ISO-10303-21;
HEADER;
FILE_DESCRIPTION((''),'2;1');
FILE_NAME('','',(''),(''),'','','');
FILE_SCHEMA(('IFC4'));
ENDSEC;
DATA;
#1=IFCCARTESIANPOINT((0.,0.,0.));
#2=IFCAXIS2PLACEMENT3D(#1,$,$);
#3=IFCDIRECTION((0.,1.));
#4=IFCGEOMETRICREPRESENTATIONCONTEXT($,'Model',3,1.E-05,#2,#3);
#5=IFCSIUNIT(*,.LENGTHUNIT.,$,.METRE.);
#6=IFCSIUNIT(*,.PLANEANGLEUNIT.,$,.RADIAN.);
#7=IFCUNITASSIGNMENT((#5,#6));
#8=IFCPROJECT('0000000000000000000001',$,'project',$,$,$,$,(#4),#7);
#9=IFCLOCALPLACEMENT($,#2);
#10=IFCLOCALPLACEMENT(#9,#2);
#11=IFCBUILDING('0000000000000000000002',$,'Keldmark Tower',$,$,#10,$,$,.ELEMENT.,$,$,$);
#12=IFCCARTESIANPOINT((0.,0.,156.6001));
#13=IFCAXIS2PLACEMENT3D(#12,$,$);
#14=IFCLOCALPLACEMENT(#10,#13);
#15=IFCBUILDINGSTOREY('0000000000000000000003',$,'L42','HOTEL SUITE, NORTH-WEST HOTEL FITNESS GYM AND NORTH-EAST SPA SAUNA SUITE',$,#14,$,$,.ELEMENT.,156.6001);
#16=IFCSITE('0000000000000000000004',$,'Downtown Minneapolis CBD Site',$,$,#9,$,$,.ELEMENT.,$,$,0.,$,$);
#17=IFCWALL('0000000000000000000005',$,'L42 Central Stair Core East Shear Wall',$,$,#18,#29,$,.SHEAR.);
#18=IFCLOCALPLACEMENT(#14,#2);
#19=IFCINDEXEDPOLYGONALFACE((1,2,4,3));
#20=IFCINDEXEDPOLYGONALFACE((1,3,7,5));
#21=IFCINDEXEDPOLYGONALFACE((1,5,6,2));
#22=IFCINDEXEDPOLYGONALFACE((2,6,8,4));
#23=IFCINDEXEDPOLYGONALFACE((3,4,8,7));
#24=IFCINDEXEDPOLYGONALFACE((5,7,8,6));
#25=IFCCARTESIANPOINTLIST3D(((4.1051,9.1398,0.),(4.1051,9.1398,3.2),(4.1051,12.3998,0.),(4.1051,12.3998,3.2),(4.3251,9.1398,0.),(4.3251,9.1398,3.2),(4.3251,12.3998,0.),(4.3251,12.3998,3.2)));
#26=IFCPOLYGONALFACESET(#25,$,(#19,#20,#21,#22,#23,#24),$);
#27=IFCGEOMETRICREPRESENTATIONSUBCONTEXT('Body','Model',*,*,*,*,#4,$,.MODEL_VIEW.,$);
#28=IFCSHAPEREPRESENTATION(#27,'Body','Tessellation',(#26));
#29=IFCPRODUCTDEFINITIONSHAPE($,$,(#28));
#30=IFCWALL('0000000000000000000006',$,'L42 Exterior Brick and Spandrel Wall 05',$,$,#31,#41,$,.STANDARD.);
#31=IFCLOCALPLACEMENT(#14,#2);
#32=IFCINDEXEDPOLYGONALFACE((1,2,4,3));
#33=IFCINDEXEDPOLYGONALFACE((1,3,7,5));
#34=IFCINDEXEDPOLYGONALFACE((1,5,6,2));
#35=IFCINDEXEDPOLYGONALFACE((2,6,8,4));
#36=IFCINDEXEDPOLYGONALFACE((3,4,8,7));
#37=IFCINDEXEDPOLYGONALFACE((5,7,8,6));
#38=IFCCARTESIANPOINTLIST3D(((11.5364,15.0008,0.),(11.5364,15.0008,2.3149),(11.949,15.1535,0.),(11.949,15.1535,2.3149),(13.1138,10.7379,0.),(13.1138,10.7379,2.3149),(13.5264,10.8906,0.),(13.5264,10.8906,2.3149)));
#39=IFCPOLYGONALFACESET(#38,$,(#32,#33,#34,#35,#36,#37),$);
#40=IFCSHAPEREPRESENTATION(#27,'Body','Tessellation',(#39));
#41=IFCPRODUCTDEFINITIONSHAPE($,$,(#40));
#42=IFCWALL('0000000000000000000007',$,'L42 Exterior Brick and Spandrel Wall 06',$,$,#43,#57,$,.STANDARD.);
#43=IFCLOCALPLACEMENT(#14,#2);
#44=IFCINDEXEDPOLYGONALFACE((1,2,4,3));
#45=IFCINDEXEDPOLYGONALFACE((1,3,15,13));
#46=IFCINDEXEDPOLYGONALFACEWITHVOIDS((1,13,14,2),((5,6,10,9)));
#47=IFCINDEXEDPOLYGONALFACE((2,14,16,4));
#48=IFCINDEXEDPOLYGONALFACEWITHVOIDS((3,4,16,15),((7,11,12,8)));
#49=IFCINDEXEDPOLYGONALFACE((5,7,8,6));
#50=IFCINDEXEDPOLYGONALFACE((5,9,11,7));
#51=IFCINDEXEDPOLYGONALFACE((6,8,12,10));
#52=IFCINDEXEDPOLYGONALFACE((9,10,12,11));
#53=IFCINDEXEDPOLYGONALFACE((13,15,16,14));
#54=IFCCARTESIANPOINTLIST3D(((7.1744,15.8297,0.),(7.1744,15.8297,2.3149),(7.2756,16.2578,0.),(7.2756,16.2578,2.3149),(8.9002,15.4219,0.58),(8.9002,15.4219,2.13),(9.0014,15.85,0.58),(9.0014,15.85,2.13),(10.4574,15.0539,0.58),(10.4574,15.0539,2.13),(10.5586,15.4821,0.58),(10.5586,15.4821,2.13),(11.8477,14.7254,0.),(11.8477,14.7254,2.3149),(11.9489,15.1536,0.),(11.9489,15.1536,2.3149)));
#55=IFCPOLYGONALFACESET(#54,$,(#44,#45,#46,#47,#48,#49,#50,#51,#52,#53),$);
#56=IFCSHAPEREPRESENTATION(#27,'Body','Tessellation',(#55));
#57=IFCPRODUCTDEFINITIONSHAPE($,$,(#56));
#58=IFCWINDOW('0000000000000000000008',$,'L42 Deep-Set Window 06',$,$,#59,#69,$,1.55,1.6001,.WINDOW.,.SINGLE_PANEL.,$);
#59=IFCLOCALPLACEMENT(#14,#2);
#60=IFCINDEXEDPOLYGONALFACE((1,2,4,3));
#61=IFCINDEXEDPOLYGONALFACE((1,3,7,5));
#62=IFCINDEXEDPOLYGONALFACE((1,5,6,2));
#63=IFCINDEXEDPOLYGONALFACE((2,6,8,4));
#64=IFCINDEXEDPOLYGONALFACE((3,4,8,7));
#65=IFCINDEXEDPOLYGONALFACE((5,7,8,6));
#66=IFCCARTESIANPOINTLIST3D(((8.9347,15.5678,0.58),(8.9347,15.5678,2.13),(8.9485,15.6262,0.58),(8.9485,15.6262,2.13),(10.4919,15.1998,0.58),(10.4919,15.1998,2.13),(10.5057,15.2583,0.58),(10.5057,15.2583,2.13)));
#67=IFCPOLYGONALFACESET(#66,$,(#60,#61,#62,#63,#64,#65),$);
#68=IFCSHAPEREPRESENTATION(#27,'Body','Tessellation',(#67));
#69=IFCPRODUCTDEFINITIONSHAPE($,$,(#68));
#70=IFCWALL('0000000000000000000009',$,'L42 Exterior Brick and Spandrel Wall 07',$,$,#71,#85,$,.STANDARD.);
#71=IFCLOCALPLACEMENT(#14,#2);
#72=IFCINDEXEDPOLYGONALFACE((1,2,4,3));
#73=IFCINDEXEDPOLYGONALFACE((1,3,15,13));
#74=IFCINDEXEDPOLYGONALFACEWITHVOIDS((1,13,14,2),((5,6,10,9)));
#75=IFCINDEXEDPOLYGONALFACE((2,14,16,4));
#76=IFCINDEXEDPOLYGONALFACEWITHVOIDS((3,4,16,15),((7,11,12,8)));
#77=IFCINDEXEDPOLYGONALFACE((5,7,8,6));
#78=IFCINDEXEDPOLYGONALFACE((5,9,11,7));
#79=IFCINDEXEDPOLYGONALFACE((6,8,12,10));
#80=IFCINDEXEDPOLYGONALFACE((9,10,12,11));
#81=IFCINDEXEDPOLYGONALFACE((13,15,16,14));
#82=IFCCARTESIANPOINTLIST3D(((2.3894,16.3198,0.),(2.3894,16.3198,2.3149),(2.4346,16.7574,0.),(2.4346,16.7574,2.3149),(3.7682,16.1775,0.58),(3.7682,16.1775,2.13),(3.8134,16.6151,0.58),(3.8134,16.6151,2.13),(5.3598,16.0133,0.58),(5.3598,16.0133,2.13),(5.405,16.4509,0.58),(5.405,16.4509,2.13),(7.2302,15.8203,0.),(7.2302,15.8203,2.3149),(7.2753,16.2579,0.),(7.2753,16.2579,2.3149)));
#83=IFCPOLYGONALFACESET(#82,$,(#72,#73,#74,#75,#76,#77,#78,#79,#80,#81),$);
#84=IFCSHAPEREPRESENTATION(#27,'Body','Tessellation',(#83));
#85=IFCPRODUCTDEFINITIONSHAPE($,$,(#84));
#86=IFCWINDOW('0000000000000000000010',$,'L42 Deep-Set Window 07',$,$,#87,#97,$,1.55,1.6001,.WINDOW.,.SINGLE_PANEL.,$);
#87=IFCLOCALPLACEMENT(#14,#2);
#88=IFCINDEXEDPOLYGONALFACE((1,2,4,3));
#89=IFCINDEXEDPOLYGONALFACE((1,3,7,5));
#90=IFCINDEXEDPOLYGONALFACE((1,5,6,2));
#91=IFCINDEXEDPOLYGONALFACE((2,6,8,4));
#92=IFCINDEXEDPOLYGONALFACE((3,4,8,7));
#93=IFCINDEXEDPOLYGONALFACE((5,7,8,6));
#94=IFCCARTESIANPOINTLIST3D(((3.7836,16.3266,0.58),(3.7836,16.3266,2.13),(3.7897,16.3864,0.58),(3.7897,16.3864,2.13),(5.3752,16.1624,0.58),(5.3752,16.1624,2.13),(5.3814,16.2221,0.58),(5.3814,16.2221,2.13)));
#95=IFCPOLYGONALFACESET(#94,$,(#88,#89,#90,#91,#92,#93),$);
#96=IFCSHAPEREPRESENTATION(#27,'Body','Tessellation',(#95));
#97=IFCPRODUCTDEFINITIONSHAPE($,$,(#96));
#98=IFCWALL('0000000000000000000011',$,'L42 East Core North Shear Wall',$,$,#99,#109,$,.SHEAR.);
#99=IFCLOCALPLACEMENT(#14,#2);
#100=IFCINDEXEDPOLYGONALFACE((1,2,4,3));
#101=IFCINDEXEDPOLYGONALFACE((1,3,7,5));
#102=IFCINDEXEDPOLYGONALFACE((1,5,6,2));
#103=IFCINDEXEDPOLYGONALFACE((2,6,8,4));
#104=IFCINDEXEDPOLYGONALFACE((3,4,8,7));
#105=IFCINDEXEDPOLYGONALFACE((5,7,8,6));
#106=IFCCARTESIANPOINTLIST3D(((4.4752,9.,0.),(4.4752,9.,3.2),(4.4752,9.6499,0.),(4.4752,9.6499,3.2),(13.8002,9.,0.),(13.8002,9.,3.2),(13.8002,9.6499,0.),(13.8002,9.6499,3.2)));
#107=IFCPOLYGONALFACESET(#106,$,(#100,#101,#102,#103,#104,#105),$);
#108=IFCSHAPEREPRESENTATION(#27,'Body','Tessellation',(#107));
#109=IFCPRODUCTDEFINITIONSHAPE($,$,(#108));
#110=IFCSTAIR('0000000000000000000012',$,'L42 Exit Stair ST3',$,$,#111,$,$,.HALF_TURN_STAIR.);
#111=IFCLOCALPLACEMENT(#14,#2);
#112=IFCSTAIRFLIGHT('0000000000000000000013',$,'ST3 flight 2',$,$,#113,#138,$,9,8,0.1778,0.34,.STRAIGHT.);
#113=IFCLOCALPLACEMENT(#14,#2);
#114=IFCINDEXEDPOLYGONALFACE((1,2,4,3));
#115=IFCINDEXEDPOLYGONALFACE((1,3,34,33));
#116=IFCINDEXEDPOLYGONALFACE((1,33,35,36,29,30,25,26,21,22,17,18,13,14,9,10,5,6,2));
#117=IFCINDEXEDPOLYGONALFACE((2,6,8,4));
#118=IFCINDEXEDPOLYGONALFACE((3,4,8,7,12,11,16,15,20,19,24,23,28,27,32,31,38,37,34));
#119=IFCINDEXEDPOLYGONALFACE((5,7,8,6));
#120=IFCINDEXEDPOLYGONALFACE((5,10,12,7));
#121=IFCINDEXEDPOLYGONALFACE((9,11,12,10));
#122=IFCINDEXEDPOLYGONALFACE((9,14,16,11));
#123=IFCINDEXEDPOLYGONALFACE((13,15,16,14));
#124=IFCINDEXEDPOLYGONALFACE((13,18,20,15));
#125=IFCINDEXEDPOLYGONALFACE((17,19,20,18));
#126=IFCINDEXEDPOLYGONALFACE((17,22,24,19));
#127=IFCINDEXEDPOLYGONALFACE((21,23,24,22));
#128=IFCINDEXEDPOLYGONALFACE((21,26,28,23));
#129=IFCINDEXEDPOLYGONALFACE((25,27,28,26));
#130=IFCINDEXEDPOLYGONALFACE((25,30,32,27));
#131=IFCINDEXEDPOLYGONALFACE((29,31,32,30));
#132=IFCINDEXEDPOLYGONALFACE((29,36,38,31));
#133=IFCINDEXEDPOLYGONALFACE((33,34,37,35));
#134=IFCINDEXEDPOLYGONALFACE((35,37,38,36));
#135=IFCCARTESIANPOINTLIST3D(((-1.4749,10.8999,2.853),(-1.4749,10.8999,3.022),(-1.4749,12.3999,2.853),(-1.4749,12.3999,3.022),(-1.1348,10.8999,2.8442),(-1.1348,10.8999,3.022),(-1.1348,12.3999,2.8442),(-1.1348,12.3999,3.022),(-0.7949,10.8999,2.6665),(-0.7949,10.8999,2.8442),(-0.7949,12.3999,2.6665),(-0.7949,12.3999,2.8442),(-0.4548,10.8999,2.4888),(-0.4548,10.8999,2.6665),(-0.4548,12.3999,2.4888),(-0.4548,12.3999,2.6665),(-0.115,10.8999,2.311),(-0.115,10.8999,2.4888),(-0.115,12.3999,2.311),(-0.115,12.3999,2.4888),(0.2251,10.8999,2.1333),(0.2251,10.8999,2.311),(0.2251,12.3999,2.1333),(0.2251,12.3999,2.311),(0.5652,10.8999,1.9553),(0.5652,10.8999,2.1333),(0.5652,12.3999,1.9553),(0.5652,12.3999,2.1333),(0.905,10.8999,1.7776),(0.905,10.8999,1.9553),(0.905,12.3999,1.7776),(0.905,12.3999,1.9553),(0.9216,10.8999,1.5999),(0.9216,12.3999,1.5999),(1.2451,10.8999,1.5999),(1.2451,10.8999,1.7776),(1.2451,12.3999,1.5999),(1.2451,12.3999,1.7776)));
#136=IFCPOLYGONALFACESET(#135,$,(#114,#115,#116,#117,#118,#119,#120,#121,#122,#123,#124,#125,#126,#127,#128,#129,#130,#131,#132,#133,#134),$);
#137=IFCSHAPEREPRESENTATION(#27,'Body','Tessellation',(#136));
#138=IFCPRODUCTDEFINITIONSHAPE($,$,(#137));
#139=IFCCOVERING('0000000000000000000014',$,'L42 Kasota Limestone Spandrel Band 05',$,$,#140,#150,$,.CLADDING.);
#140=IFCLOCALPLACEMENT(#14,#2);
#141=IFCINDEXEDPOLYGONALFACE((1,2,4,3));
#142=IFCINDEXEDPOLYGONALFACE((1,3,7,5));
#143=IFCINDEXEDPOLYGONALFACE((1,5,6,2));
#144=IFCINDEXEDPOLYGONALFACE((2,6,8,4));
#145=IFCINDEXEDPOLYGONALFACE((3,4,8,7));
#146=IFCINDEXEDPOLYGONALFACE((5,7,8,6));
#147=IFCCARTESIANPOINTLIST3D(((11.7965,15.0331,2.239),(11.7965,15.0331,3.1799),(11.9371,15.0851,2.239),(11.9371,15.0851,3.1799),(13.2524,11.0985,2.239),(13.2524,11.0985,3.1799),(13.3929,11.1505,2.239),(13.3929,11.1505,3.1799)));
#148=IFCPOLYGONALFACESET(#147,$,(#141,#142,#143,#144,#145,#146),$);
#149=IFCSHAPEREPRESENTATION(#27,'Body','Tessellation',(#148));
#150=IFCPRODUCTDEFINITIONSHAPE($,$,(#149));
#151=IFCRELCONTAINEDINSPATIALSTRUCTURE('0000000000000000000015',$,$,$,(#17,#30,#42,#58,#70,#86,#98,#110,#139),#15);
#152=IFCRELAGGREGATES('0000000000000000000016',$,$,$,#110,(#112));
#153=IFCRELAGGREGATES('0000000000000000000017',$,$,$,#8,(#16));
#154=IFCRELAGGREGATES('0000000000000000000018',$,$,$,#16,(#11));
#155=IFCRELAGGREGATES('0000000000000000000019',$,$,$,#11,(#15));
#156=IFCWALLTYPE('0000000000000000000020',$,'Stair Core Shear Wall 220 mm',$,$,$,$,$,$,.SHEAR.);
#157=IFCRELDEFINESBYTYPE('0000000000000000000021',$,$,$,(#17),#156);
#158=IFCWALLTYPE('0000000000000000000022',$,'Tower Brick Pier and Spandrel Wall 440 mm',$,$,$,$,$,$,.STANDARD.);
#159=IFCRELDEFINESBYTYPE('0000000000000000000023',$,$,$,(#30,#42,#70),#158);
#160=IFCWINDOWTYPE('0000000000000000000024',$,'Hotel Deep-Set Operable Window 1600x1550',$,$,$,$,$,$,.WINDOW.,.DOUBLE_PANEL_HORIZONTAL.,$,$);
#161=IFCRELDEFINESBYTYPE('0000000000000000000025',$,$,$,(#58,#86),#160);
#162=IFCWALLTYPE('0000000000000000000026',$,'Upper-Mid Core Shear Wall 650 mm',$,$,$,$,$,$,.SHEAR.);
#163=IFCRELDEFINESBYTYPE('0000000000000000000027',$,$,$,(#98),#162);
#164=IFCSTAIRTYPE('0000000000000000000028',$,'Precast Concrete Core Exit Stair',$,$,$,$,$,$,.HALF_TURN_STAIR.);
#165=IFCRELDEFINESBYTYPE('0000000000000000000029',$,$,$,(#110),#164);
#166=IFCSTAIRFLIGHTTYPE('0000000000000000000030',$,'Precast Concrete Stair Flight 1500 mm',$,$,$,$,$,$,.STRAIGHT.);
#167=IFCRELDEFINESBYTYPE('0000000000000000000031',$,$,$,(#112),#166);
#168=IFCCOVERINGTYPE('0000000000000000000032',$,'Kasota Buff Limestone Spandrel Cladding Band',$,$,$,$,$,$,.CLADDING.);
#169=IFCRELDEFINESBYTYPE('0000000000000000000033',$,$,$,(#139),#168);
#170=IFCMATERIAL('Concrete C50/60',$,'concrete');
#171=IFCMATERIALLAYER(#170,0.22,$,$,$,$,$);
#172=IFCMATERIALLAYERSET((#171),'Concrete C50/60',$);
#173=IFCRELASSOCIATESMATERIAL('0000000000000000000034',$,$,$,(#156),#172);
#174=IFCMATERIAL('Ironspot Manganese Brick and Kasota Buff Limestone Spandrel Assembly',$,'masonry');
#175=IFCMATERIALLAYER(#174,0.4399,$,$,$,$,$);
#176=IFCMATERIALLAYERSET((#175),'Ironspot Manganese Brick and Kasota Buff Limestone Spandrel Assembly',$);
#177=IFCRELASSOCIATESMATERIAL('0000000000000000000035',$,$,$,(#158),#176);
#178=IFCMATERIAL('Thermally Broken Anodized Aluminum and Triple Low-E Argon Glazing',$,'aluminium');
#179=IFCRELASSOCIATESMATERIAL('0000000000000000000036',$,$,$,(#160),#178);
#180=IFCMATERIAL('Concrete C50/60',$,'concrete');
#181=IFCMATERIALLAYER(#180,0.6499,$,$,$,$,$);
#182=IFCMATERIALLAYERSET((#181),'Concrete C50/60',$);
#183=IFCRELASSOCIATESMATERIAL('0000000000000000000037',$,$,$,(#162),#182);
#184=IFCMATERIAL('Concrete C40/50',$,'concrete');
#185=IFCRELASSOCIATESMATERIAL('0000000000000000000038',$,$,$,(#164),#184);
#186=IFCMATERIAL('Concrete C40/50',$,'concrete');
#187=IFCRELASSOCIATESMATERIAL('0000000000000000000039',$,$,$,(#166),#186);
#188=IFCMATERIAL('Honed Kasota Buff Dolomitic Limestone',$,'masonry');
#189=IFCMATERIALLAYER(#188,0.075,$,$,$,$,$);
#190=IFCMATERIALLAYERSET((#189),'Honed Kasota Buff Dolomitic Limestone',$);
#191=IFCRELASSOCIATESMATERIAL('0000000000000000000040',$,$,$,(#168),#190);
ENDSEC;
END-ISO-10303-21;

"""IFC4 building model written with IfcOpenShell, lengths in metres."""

from ifc_helpers import new_model, si_unit, direction, frame, frame_2d, origin, origin_2d, place, context, subcontext, project, spatial, polyline, rectangle, outline, extrude, material, layer, layer_set, type_object, element, fill, aggregate, save


model = new_model("IFC4")

# Units and contexts
model_context = context("Model", 3, precision=1e-05, world=origin(), true_north=direction((0.0, 1.0)))
body_context = subcontext(model_context, "Body", "Model", "MODEL_VIEW")
ifc_project = project(units=[si_unit("LENGTHUNIT", "METRE"), si_unit("PLANEANGLEUNIT", "RADIAN")], contexts=[model_context])

# Site, building, storey
site_placement = place(None, origin())
site = spatial("IfcSite", under=ifc_project, at=site_placement, Name="Downtown Minneapolis CBD Site", CompositionType="ELEMENT", RefElevation=0.0)
building_placement = place(site_placement, origin())
building = spatial("IfcBuilding", under=site, at=building_placement, Name="Keldmark Tower", CompositionType="ELEMENT")
storey_placement = place(building_placement, frame((0.0, 0.0, 156.6001)))
storey = spatial("IfcBuildingStorey", under=building, at=storey_placement, Name="L42", Description="HOTEL SUITE, NORTH-WEST HOTEL FITNESS GYM AND NORTH-EAST SPA SAUNA SUITE", CompositionType="ELEMENT", Elevation=156.6001)

# Walls
ifc_material_1 = material(Name="Concrete C50/60", Category="concrete")
ifc_layer_1 = layer(ifc_material_1, 0.22)
ifc_layer_set_1 = layer_set([ifc_layer_1], Name="Concrete C50/60")
wall_type_1 = type_object("IfcWallType", Name="Stair Core Shear Wall 220 mm", PredefinedType="SHEAR", material=ifc_layer_set_1)
wall_1_placement = place(storey_placement, frame((4.2151, 9.1399, 0.0), z_axis=(0.0, 0.0, 1.0), x_axis=(0.0, 1.0, 0.0)))
element("IfcWall", 1, at=wall_1_placement, inside=storey, type_object=wall_type_1, Name="L42 Central Stair Core East Shear Wall", PredefinedType="SHEAR", context=body_context, shape_type="SweptSolid", body=[
    extrude(rectangle(XDim=3.26, YDim=0.22, at=frame_2d((1.6299, 0.0))), origin(), (0.0, 0.0, 1.0), 3.2),
])
ifc_material_2 = material(Name="Ironspot Manganese Brick and Kasota Buff Limestone Spandrel Assembly", Category="masonry")
ifc_layer_2 = layer(ifc_material_2, 0.4399)
ifc_layer_set_2 = layer_set([ifc_layer_2], Name="Ironspot Manganese Brick and Kasota Buff Limestone Spandrel Assembly")
wall_type_2 = type_object("IfcWallType", Name="Tower Brick Pier and Spandrel Wall 440 mm", PredefinedType="STANDARD", material=ifc_layer_set_2)
wall_2_placement = place(storey_placement, frame((11.7427, 15.0771, 0.0), z_axis=(0.0, 0.0, 1.0), x_axis=(0.347029, -0.937854, 0.0)))
element("IfcWall", 2, at=wall_2_placement, inside=storey, type_object=wall_type_2, Name="L42 Exterior Brick and Spandrel Wall 05", PredefinedType="STANDARD", context=body_context, shape_type="SweptSolid", body=[
    extrude(rectangle(XDim=4.5454, YDim=0.4399, at=frame_2d((2.2727, 0.0))), origin(), (0.0, 0.0, 1.0), 2.3149),
])

# Walls, openings, windows
wall_3_placement = place(storey_placement, frame((7.2251, 16.0437, 0.0), z_axis=(0.0, 0.0, 1.0), x_axis=(0.973201, -0.229955, 0.0)))
wall_3 = element("IfcWall", 3, at=wall_3_placement, inside=storey, type_object=wall_type_2, Name="L42 Exterior Brick and Spandrel Wall 06", PredefinedType="STANDARD", context=body_context, shape_type="SweptSolid", body=[
    extrude(rectangle(XDim=4.802, YDim=0.4399, at=frame_2d((2.4009, 0.0))), origin(), (0.0, 0.0, 1.0), 2.3149),
])
opening_1_placement = place(wall_3_placement, frame((1.7732, 0.0, 0.5801)))
opening_1 = element("IfcOpeningElement", 4, at=opening_1_placement, cuts=wall_3, PredefinedType="OPENING", context=body_context, shape_type="SweptSolid", body=[
    extrude(rectangle(XDim=1.6001, YDim=1.55, at=frame_2d((0.8, 0.7749))), frame((0.0, 0.23, 0.0), z_axis=(0.0, -1.0, 0.0), x_axis=(1.0, 0.0, 0.0)), (0.0, 0.0, 1.0), 0.46),
])
ifc_material_3 = material(Name="Thermally Broken Anodized Aluminum and Triple Low-E Argon Glazing", Category="aluminium")
window_type = type_object("IfcWindowType", Name="Hotel Deep-Set Operable Window 1600x1550", PartitioningType="DOUBLE_PANEL_HORIZONTAL", PredefinedType="WINDOW", material=ifc_material_3)
window_1_placement = place(opening_1_placement, origin())
window_1 = element("IfcWindow", 5, at=window_1_placement, inside=storey, type_object=window_type, Name="L42 Deep-Set Window 06", OverallHeight=1.55, OverallWidth=1.6001, PartitioningType="SINGLE_PANEL", PredefinedType="WINDOW", context=body_context, shape_type="SweptSolid", body=[
    extrude(rectangle(XDim=1.6001, YDim=1.55, at=frame_2d((0.8, 0.7749))), frame((0.0, -0.01, 0.0), z_axis=(0.0, -1.0, 0.0), x_axis=(1.0, 0.0, 0.0)), (0.0, 0.0, 1.0), 0.0601),
])
fill(opening_1, window_1)
wall_4_placement = place(storey_placement, frame((2.4121, 16.5386, 0.0), z_axis=(0.0, 0.0, 1.0), x_axis=(0.994718, -0.102642, 0.0)))
wall_4 = element("IfcWall", 6, at=wall_4_placement, inside=storey, type_object=wall_type_2, Name="L42 Exterior Brick and Spandrel Wall 07", PredefinedType="STANDARD", context=body_context, shape_type="SweptSolid", body=[
    extrude(rectangle(XDim=4.8665, YDim=0.4399, at=frame_2d((2.4331, 0.0))), origin(), (0.0, 0.0, 1.0), 2.3149),
])
opening_2_placement = place(wall_4_placement, frame((1.386, 0.0, 0.5801)))
opening_2 = element("IfcOpeningElement", 7, at=opening_2_placement, cuts=wall_4, PredefinedType="OPENING", context=body_context, shape_type="SweptSolid", body=[
    extrude(rectangle(XDim=1.6001, YDim=1.55, at=frame_2d((0.8, 0.7749))), frame((0.0, 0.23, 0.0), z_axis=(0.0, -1.0, 0.0), x_axis=(1.0, 0.0, 0.0)), (0.0, 0.0, 1.0), 0.46),
])
window_2_placement = place(opening_2_placement, origin())
window_2 = element("IfcWindow", 8, at=window_2_placement, inside=storey, type_object=window_type, Name="L42 Deep-Set Window 07", OverallHeight=1.55, OverallWidth=1.6001, PartitioningType="SINGLE_PANEL", PredefinedType="WINDOW", context=body_context, shape_type="SweptSolid", body=[
    extrude(rectangle(XDim=1.6001, YDim=1.55, at=frame_2d((0.8, 0.7749))), frame((0.0, -0.01, 0.0), z_axis=(0.0, -1.0, 0.0), x_axis=(1.0, 0.0, 0.0)), (0.0, 0.0, 1.0), 0.0601),
])
fill(opening_2, window_2)

# Wall
ifc_material_4 = material(Name="Concrete C50/60", Category="concrete")
ifc_layer_3 = layer(ifc_material_4, 0.6499)
ifc_layer_set_3 = layer_set([ifc_layer_3], Name="Concrete C50/60")
wall_type_3 = type_object("IfcWallType", Name="Upper-Mid Core Shear Wall 650 mm", PredefinedType="SHEAR", material=ifc_layer_set_3)
wall_5_placement = place(storey_placement, frame((4.4751, 9.325, 0.0), z_axis=(0.0, 0.0, 1.0), x_axis=(1.0, 0.0, 0.0)))
element("IfcWall", 9, at=wall_5_placement, inside=storey, type_object=wall_type_3, Name="L42 East Core North Shear Wall", PredefinedType="SHEAR", context=body_context, shape_type="SweptSolid", body=[
    extrude(rectangle(XDim=9.325, YDim=0.6499, at=frame_2d((4.6626, 0.0))), origin(), (0.0, 0.0, 1.0), 3.2),
])

# Stair, stair flight
ifc_material_5 = material(Name="Concrete C40/50", Category="concrete")
stair_type = type_object("IfcStairType", Name="Precast Concrete Core Exit Stair", PredefinedType="HALF_TURN_STAIR", material=ifc_material_5)
stair_placement = place(storey_placement, origin())
stair = element("IfcStair", 10, at=stair_placement, inside=storey, type_object=stair_type, Name="L42 Exit Stair ST3", PredefinedType="HALF_TURN_STAIR")
ifc_material_6 = material(Name="Concrete C40/50", Category="concrete")
stair_flight_type = type_object("IfcStairFlightType", Name="Precast Concrete Stair Flight 1500 mm", PredefinedType="STRAIGHT", material=ifc_material_6)
stair_flight_placement = place(storey_placement, frame((1.2451, 11.6499, 1.5999), z_axis=(0.0, 0.0, 1.0), x_axis=(-1.0, 0.0, 0.0)))
stair_flight = element("IfcStairFlight", 11, at=stair_flight_placement, type_object=stair_flight_type, Name="ST3 flight 2", NumberOfRisers=9, NumberOfTreads=8, PredefinedType="STRAIGHT", RiserHeight=0.1778, TreadLength=0.34, context=body_context, shape_type="SweptSolid", body=[
    extrude(outline(polyline([(0.0, 0.0), (0.0, 0.1777), (0.3401, 0.1777), (0.3401, 0.3555), (0.6799, 0.3555), (0.6799, 0.5334), (1.02, 0.5334), (1.02, 0.7112), (1.3601, 0.7112), (1.3601, 0.8889), (1.7, 0.8889), (1.7, 1.0667), (2.04, 1.0667), (2.04, 1.2444), (2.3799, 1.2444), (2.3799, 1.4221), (2.72, 1.4221), (2.72, 1.6001), (2.72, 1.2532), (0.3235, 0.0), (0.0, 0.0)])), frame((0.0, 0.75, 0.0), z_axis=(0.0, -1.0, 0.0), x_axis=(1.0, 0.0, 0.0)), (0.0, 0.0, 1.0), 1.5),
])
aggregate(stair, [stair_flight])

# Covering
ifc_material_7 = material(Name="Honed Kasota Buff Dolomitic Limestone", Category="masonry")
ifc_layer_4 = layer(ifc_material_7, 0.075)
ifc_layer_set_4 = layer_set([ifc_layer_4], Name="Honed Kasota Buff Dolomitic Limestone")
covering_type = type_object("IfcCoveringType", Name="Kasota Buff Limestone Spandrel Cladding Band", PredefinedType="CLADDING", material=ifc_layer_set_4)
covering_placement = place(storey_placement, frame((12.5947, 13.0918, 2.239), z_axis=(0.0, 0.0, 1.0), x_axis=(-0.347017, 0.937859, 0.0)))
element("IfcCovering", 12, at=covering_placement, inside=storey, type_object=covering_type, Name="L42 Kasota Limestone Spandrel Band 05", PredefinedType="CLADDING", context=body_context, shape_type="SweptSolid", body=[
    extrude(rectangle(XDim=4.1953, YDim=0.1499, at=origin_2d()), origin(), (0.0, 0.0, 1.0), 0.9409),
])

save(model, "model.ifc")
